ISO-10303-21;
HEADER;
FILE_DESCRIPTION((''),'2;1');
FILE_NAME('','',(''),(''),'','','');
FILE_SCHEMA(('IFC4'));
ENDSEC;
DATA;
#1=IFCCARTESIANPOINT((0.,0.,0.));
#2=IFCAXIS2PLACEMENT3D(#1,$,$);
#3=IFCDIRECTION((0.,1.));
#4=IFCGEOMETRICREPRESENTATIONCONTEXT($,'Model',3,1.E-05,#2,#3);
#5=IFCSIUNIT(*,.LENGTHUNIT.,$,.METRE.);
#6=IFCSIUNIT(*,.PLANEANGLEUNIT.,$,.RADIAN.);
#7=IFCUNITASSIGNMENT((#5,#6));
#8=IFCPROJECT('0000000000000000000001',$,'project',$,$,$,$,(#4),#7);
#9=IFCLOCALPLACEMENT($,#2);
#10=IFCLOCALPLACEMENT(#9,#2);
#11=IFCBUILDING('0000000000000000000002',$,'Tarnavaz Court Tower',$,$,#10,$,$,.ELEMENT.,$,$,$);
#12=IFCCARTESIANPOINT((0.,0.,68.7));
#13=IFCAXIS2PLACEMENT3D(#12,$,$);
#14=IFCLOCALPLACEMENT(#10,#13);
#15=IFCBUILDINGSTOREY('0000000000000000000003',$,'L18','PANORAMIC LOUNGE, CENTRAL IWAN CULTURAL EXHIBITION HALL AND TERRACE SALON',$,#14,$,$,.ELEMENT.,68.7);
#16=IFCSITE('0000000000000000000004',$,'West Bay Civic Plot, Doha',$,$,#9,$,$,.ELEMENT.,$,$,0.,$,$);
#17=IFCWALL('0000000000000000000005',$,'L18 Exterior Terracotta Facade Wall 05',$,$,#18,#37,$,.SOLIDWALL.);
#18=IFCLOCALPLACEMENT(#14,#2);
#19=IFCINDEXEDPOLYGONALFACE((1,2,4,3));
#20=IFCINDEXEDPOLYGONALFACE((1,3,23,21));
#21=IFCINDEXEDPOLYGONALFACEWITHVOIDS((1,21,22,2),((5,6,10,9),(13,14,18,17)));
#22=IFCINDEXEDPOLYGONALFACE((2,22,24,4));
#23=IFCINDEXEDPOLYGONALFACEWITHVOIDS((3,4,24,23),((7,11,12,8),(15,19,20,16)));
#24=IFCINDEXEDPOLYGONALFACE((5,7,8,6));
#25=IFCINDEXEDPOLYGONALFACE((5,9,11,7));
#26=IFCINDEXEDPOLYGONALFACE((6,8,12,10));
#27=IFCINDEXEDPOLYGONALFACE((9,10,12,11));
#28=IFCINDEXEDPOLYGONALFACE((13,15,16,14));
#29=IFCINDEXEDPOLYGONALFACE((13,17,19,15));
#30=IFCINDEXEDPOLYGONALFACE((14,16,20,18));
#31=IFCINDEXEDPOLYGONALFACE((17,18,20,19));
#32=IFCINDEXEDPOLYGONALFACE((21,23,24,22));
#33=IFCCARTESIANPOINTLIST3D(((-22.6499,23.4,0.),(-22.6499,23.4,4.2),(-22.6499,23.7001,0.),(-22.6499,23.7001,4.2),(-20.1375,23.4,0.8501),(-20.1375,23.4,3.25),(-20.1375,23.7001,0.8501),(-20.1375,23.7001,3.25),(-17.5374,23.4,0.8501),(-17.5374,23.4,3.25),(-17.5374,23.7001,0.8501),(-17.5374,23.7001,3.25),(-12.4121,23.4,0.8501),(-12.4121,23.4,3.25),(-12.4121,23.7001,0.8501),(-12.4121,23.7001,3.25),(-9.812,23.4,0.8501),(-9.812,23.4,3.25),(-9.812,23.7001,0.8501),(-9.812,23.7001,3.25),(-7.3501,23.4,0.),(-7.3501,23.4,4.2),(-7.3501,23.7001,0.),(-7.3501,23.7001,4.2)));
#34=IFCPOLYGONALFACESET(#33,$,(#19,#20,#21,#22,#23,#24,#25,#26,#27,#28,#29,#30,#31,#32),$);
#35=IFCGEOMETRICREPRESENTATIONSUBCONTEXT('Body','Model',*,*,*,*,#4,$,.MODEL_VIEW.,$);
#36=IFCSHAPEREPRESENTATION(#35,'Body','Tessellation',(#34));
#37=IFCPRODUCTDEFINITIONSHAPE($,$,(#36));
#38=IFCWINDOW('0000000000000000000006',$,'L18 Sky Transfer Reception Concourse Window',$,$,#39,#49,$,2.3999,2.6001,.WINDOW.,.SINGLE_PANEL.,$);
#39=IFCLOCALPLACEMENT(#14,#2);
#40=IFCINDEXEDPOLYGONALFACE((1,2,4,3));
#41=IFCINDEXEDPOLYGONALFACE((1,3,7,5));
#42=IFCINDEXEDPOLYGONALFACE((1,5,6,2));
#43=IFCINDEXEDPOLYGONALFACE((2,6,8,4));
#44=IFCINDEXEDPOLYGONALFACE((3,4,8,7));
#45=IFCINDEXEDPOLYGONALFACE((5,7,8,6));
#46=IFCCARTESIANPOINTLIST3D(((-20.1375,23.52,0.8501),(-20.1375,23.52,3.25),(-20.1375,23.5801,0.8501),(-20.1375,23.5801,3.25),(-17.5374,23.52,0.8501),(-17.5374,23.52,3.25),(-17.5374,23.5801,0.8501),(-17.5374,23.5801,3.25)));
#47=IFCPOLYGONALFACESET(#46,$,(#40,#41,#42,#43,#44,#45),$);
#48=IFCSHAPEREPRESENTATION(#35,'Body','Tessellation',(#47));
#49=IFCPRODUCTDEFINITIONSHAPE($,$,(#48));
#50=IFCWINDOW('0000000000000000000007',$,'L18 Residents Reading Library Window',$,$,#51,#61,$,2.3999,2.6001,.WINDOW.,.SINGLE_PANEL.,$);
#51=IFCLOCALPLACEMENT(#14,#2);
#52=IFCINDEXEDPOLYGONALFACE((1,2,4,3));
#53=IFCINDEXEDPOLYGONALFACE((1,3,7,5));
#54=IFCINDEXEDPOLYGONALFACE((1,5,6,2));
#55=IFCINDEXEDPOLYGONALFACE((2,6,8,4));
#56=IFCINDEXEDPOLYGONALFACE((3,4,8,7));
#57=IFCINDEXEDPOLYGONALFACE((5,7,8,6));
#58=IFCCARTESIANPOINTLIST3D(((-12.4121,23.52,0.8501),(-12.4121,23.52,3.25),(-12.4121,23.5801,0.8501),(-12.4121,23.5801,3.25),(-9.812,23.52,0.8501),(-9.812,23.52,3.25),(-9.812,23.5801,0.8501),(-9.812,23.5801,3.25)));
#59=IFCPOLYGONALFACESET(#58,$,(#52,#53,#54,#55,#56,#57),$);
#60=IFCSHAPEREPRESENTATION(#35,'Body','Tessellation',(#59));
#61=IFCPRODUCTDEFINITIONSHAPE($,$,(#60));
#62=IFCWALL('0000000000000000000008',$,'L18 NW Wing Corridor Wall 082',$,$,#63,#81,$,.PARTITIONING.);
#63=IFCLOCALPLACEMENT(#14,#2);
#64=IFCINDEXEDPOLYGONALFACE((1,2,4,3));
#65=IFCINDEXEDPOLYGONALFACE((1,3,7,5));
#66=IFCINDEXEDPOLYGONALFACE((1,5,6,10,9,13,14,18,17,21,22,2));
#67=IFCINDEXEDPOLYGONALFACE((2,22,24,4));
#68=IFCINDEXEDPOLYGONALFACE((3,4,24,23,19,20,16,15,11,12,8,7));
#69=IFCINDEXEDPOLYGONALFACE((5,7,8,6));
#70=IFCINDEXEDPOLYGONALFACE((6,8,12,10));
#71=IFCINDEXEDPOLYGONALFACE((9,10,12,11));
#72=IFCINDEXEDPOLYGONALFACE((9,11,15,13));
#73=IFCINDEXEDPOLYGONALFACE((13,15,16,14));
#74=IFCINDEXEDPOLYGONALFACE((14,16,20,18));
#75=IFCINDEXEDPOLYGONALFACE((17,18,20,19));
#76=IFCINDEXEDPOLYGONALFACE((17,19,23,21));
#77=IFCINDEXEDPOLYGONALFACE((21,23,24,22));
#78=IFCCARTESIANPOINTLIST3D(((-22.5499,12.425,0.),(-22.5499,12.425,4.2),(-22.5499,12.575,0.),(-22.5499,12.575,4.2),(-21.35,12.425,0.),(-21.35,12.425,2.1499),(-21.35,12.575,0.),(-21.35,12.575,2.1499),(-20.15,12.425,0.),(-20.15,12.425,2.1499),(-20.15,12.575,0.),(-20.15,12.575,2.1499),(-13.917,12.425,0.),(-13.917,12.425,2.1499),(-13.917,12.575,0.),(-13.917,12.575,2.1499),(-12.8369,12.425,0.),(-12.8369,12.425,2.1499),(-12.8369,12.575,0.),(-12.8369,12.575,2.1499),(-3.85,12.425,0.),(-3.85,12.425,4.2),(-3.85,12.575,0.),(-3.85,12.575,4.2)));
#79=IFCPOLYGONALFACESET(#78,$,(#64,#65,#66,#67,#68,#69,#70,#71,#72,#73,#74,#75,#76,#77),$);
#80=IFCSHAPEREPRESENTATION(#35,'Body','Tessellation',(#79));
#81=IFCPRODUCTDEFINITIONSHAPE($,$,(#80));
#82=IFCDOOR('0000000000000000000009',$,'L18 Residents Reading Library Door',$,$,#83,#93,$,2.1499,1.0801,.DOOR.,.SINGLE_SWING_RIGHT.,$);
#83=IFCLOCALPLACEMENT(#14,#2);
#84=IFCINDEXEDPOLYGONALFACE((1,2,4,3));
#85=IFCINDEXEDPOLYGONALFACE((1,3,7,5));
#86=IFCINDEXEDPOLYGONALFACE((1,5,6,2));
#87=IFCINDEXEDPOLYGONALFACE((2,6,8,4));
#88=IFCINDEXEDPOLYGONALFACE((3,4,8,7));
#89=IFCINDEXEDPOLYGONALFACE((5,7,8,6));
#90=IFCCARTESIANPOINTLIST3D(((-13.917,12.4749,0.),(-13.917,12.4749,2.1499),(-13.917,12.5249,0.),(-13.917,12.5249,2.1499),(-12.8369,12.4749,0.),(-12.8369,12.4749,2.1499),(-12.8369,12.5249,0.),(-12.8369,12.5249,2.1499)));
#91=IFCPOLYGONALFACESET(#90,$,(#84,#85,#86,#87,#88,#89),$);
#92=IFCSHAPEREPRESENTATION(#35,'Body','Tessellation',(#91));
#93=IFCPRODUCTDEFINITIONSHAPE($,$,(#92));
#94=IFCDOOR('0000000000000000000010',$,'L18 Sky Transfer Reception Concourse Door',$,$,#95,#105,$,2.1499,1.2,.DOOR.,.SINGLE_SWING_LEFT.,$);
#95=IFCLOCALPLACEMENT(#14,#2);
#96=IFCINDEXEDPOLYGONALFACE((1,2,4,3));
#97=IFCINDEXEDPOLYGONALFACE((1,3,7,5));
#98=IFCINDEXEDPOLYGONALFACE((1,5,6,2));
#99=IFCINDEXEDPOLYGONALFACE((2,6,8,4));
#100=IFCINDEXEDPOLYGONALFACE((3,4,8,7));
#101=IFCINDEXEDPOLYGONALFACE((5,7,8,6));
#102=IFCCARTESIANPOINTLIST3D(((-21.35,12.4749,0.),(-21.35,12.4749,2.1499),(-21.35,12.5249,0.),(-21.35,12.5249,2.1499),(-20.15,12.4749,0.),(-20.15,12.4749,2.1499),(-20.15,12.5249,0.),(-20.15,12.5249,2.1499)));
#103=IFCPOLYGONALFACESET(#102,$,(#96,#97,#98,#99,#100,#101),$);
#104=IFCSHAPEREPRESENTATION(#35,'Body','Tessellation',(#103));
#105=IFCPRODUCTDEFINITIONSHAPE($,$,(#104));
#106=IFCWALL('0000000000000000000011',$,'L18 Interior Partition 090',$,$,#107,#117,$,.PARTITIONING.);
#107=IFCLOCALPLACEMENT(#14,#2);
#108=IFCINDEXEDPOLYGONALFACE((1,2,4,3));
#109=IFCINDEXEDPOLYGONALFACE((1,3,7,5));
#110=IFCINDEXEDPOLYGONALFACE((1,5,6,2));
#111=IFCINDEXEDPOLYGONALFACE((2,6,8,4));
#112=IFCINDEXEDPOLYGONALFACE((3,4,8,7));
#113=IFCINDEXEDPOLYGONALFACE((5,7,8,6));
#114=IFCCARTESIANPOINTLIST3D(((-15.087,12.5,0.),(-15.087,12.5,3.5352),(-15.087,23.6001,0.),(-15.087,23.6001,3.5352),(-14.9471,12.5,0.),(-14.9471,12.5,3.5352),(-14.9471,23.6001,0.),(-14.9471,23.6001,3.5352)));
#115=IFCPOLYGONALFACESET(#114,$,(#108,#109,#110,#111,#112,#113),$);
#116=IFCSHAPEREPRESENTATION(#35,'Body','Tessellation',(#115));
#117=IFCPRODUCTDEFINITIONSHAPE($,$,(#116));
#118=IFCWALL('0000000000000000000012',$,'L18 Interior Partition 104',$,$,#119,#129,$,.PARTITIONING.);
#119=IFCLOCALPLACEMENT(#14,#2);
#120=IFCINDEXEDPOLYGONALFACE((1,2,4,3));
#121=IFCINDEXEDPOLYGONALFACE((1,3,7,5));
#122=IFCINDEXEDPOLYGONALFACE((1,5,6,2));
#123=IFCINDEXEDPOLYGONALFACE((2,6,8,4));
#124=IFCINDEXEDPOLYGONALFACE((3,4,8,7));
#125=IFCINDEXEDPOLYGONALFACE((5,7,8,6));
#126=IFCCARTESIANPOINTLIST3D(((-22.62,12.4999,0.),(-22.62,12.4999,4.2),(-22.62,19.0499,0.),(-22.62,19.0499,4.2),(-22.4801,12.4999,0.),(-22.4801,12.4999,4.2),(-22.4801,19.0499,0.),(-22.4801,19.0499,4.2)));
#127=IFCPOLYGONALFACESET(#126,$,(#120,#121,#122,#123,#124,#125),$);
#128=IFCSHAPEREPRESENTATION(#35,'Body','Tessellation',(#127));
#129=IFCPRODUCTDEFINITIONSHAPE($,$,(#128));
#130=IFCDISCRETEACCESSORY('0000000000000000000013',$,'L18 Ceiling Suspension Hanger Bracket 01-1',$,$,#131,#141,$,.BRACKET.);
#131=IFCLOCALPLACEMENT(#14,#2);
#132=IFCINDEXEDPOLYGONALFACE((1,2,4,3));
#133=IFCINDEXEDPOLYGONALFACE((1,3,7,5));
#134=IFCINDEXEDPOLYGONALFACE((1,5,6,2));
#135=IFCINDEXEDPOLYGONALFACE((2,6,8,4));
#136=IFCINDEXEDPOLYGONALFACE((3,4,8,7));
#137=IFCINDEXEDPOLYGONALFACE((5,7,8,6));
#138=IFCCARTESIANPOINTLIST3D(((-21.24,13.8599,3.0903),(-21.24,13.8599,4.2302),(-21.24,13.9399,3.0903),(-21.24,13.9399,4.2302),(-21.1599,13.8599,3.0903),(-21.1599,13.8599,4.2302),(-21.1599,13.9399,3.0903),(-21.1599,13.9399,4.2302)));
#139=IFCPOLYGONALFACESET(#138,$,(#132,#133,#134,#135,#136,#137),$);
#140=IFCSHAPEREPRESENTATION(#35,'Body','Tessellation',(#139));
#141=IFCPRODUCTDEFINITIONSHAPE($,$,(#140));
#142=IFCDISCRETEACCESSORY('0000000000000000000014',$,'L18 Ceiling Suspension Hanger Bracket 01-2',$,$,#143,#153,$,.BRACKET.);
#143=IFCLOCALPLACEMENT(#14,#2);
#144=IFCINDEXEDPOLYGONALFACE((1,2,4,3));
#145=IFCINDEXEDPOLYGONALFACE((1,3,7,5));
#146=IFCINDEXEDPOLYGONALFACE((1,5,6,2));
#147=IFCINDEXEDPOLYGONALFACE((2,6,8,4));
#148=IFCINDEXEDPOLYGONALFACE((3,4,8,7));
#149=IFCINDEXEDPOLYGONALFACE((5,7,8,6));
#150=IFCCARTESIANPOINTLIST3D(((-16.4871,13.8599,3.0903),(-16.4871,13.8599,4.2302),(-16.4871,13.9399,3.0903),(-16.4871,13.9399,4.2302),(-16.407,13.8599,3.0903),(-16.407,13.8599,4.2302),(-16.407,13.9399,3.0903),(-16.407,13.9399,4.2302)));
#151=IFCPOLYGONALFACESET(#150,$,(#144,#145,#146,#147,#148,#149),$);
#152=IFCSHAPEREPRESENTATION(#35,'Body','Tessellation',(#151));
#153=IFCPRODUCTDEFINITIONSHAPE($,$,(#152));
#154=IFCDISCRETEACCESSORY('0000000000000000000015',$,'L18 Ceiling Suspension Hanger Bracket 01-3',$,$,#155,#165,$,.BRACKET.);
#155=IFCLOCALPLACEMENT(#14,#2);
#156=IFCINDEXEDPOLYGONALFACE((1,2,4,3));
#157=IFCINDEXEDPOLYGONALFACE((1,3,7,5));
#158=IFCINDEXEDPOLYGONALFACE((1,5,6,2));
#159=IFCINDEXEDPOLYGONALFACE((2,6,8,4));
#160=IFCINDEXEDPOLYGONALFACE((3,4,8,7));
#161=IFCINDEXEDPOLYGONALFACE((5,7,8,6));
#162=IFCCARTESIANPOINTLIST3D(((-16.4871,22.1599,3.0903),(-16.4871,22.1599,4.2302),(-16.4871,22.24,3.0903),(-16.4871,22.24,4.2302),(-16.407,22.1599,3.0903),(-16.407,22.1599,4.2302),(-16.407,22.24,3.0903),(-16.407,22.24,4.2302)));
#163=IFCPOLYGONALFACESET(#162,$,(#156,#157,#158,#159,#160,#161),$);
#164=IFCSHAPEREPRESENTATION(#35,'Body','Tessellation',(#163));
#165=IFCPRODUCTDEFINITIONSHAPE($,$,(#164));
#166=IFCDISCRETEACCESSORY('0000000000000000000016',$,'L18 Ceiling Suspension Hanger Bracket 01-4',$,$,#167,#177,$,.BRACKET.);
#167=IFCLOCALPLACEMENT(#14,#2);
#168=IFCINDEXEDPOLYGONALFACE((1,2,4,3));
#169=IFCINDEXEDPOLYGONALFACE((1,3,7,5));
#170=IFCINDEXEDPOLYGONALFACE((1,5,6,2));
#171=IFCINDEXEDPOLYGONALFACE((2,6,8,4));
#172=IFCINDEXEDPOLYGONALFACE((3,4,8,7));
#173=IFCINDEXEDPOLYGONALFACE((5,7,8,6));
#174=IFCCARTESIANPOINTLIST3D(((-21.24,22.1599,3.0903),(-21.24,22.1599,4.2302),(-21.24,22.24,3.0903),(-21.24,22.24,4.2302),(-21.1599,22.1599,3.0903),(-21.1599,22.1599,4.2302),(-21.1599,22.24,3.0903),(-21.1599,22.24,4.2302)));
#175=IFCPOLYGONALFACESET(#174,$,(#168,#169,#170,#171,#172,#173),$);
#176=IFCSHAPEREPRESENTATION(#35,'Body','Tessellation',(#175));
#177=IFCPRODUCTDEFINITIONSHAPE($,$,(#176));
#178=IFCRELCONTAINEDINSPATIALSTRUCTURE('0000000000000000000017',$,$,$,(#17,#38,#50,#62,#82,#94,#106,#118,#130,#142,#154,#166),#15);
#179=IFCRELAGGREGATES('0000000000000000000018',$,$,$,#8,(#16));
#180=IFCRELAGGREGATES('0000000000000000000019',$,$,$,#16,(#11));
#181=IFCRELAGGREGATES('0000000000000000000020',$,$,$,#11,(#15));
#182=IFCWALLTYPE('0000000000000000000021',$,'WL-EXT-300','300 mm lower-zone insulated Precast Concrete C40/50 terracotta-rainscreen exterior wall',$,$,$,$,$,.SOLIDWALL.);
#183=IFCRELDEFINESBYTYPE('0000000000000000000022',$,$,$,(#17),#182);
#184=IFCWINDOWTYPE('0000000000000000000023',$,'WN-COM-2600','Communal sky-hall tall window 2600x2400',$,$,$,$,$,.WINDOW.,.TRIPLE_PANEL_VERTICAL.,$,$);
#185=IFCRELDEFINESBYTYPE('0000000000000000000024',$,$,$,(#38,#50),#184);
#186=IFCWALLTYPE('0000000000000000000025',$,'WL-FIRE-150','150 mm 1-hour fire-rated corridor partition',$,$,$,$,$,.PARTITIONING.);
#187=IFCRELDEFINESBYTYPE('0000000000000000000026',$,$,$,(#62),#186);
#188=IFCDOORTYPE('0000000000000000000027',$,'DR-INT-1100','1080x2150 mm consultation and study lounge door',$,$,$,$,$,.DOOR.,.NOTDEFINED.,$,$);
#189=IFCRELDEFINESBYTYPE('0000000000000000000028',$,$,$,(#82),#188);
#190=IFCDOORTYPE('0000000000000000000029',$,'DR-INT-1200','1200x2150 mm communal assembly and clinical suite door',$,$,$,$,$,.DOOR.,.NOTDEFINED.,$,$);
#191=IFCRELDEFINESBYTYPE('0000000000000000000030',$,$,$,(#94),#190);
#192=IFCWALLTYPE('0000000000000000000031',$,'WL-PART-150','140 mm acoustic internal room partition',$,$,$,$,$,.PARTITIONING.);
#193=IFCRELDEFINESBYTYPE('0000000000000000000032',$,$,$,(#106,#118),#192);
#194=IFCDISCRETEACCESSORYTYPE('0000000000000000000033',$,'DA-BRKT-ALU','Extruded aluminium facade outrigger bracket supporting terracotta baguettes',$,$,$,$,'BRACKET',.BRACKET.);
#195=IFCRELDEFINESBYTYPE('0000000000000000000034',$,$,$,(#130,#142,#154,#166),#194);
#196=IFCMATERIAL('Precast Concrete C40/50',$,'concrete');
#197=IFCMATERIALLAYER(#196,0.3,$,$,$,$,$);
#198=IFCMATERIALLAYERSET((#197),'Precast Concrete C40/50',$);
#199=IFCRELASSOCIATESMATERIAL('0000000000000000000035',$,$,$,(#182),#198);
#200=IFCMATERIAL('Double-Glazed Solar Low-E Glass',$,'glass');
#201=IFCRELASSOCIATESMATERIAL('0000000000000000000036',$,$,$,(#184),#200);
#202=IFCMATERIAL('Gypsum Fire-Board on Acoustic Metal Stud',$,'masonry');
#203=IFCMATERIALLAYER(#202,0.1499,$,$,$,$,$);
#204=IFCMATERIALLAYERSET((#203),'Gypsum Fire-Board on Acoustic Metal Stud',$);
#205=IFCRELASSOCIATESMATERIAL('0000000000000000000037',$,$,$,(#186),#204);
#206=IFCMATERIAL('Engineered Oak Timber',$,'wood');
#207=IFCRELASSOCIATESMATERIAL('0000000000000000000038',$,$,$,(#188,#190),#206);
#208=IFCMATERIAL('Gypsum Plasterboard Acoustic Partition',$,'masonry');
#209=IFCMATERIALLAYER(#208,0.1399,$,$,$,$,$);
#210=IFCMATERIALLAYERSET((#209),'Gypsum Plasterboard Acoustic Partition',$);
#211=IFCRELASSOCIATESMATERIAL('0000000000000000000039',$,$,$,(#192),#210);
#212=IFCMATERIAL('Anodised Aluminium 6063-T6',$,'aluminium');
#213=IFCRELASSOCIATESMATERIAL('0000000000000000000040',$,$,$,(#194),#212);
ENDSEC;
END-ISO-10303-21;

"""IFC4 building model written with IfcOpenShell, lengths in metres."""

from ifc_helpers import new_model, si_unit, direction, frame, frame_2d, origin, origin_2d, place, context, subcontext, project, spatial, rectangle, extrude, material, layer, layer_set, type_object, element, fill, save


model = new_model("IFC4")

# Units and contexts
model_context = context("Model", 3, precision=1e-05, world=origin(), true_north=direction((0.0, 1.0)))
body_context = subcontext(model_context, "Body", "Model", "MODEL_VIEW")
ifc_project = project(units=[si_unit("LENGTHUNIT", "METRE"), si_unit("PLANEANGLEUNIT", "RADIAN")], contexts=[model_context])

# Site, building, storey
site_placement = place(None, origin())
site = spatial("IfcSite", under=ifc_project, at=site_placement, Name="West Bay Civic Plot, Doha", CompositionType="ELEMENT", RefElevation=0.0)
building_placement = place(site_placement, origin())
building = spatial("IfcBuilding", under=site, at=building_placement, Name="Tarnavaz Court Tower", CompositionType="ELEMENT")
storey_placement = place(building_placement, frame((0.0, 0.0, 68.7)))
storey = spatial("IfcBuildingStorey", under=building, at=storey_placement, Name="L18", Description="PANORAMIC LOUNGE, CENTRAL IWAN CULTURAL EXHIBITION HALL AND TERRACE SALON", CompositionType="ELEMENT", Elevation=68.7)

# Shared definitions
ifc_material_1 = material(Name="Precast Concrete C40/50", Category="concrete")
ifc_layer_1 = layer(ifc_material_1, 0.3)
ifc_layer_set_1 = layer_set([ifc_layer_1], Name="Precast Concrete C40/50")
wall_type_1 = type_object("IfcWallType", Name="WL-EXT-300", Description="300 mm lower-zone insulated Precast Concrete C40/50 terracotta-rainscreen exterior wall", PredefinedType="SOLIDWALL", material=ifc_layer_set_1)
ifc_material_2 = material(Name="Double-Glazed Solar Low-E Glass", Category="glass")
window_type = type_object("IfcWindowType", Name="WN-COM-2600", Description="Communal sky-hall tall window 2600x2400", PartitioningType="TRIPLE_PANEL_VERTICAL", PredefinedType="WINDOW", material=ifc_material_2)

# Wall, openings, windows
wall_1_placement = place(storey_placement, frame((-22.6499, 23.55, 0.0), z_axis=(0.0, 0.0, 1.0), x_axis=(1.0, 0.0, 0.0)))
wall_1 = element("IfcWall", 1, at=wall_1_placement, inside=storey, type_object=wall_type_1, Name="L18 Exterior Terracotta Facade Wall 05", PredefinedType="SOLIDWALL", context=body_context, shape_type="SweptSolid", body=[
    extrude(rectangle(XDim=15.2998, YDim=0.3, at=frame_2d((7.6499, 0.0))), origin(), (0.0, 0.0, 1.0), 4.2),
])
opening_1_placement = place(wall_1_placement, frame((2.5125, 0.0, 0.8501)))
opening_1 = element("IfcOpeningElement", 2, at=opening_1_placement, cuts=wall_1, PredefinedType="OPENING", context=body_context, shape_type="SweptSolid", body=[
    extrude(rectangle(XDim=2.6001, YDim=2.3999, at=frame_2d((1.3, 1.2))), frame((0.0, 0.1599, 0.0), z_axis=(0.0, -1.0, 0.0), x_axis=(1.0, 0.0, 0.0)), (0.0, 0.0, 1.0), 0.3201),
])
opening_2_placement = place(wall_1_placement, frame((10.2378, 0.0, 0.8501)))
opening_2 = element("IfcOpeningElement", 3, at=opening_2_placement, cuts=wall_1, PredefinedType="OPENING", context=body_context, shape_type="SweptSolid", body=[
    extrude(rectangle(XDim=2.6001, YDim=2.3999, at=frame_2d((1.3, 1.2))), frame((0.0, 0.1599, 0.0), z_axis=(0.0, -1.0, 0.0), x_axis=(1.0, 0.0, 0.0)), (0.0, 0.0, 1.0), 0.3201),
])
window_1_placement = place(opening_1_placement, origin())
window_1 = element("IfcWindow", 4, at=window_1_placement, inside=storey, type_object=window_type, Name="L18 Sky Transfer Reception Concourse Window", OverallHeight=2.3999, OverallWidth=2.6001, PartitioningType="SINGLE_PANEL", PredefinedType="WINDOW", context=body_context, shape_type="SweptSolid", body=[
    extrude(rectangle(XDim=2.6001, YDim=2.3999, at=frame_2d((1.3, 1.2))), frame((0.0, 0.03, 0.0), z_axis=(0.0, -1.0, 0.0), x_axis=(1.0, 0.0, 0.0)), (0.0, 0.0, 1.0), 0.0601),
])
fill(opening_1, window_1)
window_2_placement = place(opening_2_placement, origin())
window_2 = element("IfcWindow", 5, at=window_2_placement, inside=storey, type_object=window_type, Name="L18 Residents Reading Library Window", OverallHeight=2.3999, OverallWidth=2.6001, PartitioningType="SINGLE_PANEL", PredefinedType="WINDOW", context=body_context, shape_type="SweptSolid", body=[
    extrude(rectangle(XDim=2.6001, YDim=2.3999, at=frame_2d((1.3, 1.2))), frame((0.0, 0.03, 0.0), z_axis=(0.0, -1.0, 0.0), x_axis=(1.0, 0.0, 0.0)), (0.0, 0.0, 1.0), 0.0601),
])
fill(opening_2, window_2)

# Wall, openings, doors
ifc_material_3 = material(Name="Gypsum Fire-Board on Acoustic Metal Stud", Category="masonry")
ifc_layer_2 = layer(ifc_material_3, 0.1499)
ifc_layer_set_2 = layer_set([ifc_layer_2], Name="Gypsum Fire-Board on Acoustic Metal Stud")
wall_type_2 = type_object("IfcWallType", Name="WL-FIRE-150", Description="150 mm 1-hour fire-rated corridor partition", PredefinedType="PARTITIONING", material=ifc_layer_set_2)
wall_2_placement = place(storey_placement, frame((-22.55, 12.5, 0.0), z_axis=(0.0, 0.0, 1.0), x_axis=(1.0, 0.0, 0.0)))
wall_2 = element("IfcWall", 6, at=wall_2_placement, inside=storey, type_object=wall_type_2, Name="L18 NW Wing Corridor Wall 082", PredefinedType="PARTITIONING", context=body_context, shape_type="SweptSolid", body=[
    extrude(rectangle(XDim=18.7, YDim=0.1499, at=frame_2d((9.3501, 0.0))), origin(), (0.0, 0.0, 1.0), 4.2),
])
opening_3_placement = place(wall_2_placement, frame((1.2, 0.0, 0.0)))
opening_3 = element("IfcOpeningElement", 7, at=opening_3_placement, cuts=wall_2, PredefinedType="OPENING", context=body_context, shape_type="SweptSolid", body=[
    extrude(rectangle(XDim=1.2, YDim=2.1499, at=frame_2d((0.6001, 1.075))), frame((0.0, 0.085, 0.0), z_axis=(0.0, -1.0, 0.0), x_axis=(1.0, 0.0, 0.0)), (0.0, 0.0, 1.0), 0.1699),
])
opening_4_placement = place(wall_2_placement, frame((8.6331, 0.0, 0.0)))
opening_4 = element("IfcOpeningElement", 8, at=opening_4_placement, cuts=wall_2, PredefinedType="OPENING", context=body_context, shape_type="SweptSolid", body=[
    extrude(rectangle(XDim=1.0801, YDim=2.1499, at=frame_2d((0.54, 1.075))), frame((0.0, 0.085, 0.0), z_axis=(0.0, -1.0, 0.0), x_axis=(1.0, 0.0, 0.0)), (0.0, 0.0, 1.0), 0.1699),
])
ifc_material_4 = material(Name="Engineered Oak Timber", Category="wood")
door_type_1 = type_object("IfcDoorType", Name="DR-INT-1100", Description="1080x2150 mm consultation and study lounge door", OperationType="NOTDEFINED", PredefinedType="DOOR", material=ifc_material_4)
door_1_placement = place(opening_4_placement, origin())
door_1 = element("IfcDoor", 9, at=door_1_placement, inside=storey, type_object=door_type_1, Name="L18 Residents Reading Library Door", OperationType="SINGLE_SWING_RIGHT", OverallHeight=2.1499, OverallWidth=1.0801, PredefinedType="DOOR", context=body_context, shape_type="SweptSolid", body=[
    extrude(rectangle(XDim=1.0801, YDim=2.1499, at=frame_2d((0.54, 1.075))), frame((0.0, 0.0249, 0.0), z_axis=(0.0, -1.0, 0.0), x_axis=(1.0, 0.0, 0.0)), (0.0, 0.0, 1.0), 0.05),
])
fill(opening_4, door_1)
door_type_2 = type_object("IfcDoorType", Name="DR-INT-1200", Description="1200x2150 mm communal assembly and clinical suite door", OperationType="NOTDEFINED", PredefinedType="DOOR", material=ifc_material_4)
door_2_placement = place(opening_3_placement, origin())
door_2 = element("IfcDoor", 10, at=door_2_placement, inside=storey, type_object=door_type_2, Name="L18 Sky Transfer Reception Concourse Door", OperationType="SINGLE_SWING_LEFT", OverallHeight=2.1499, OverallWidth=1.2, PredefinedType="DOOR", context=body_context, shape_type="SweptSolid", body=[
    extrude(rectangle(XDim=1.2, YDim=2.1499, at=frame_2d((0.6001, 1.075))), frame((0.0, 0.0249, 0.0), z_axis=(0.0, -1.0, 0.0), x_axis=(1.0, 0.0, 0.0)), (0.0, 0.0, 1.0), 0.05),
])
fill(opening_3, door_2)

# Walls
ifc_material_5 = material(Name="Gypsum Plasterboard Acoustic Partition", Category="masonry")
ifc_layer_3 = layer(ifc_material_5, 0.1399)
ifc_layer_set_3 = layer_set([ifc_layer_3], Name="Gypsum Plasterboard Acoustic Partition")
wall_type_3 = type_object("IfcWallType", Name="WL-PART-150", Description="140 mm acoustic internal room partition", PredefinedType="PARTITIONING", material=ifc_layer_set_3)
wall_3_placement = place(storey_placement, frame((-15.0171, 12.5, 0.0), z_axis=(0.0, 0.0, 1.0), x_axis=(0.0, 1.0, 0.0)))
element("IfcWall", 11, at=wall_3_placement, inside=storey, type_object=wall_type_3, Name="L18 Interior Partition 090", PredefinedType="PARTITIONING", context=body_context, shape_type="SweptSolid", body=[
    extrude(rectangle(XDim=11.1001, YDim=0.1399, at=frame_2d((5.55, 0.0))), origin(), (0.0, 0.0, 1.0), 3.5352),
])
wall_4_placement = place(storey_placement, frame((-22.55, 12.5, 0.0), z_axis=(0.0, 0.0, 1.0), x_axis=(0.0, 1.0, 0.0)))
element("IfcWall", 12, at=wall_4_placement, inside=storey, type_object=wall_type_3, Name="L18 Interior Partition 104", PredefinedType="PARTITIONING", context=body_context, shape_type="SweptSolid", body=[
    extrude(rectangle(XDim=6.55, YDim=0.1399, at=frame_2d((3.2749, 0.0))), origin(), (0.0, 0.0, 1.0), 4.2),
])

# Discrete accessories
ifc_material_6 = material(Name="Anodised Aluminium 6063-T6", Category="aluminium")
discrete_accessory_type = type_object("IfcDiscreteAccessoryType", Name="DA-BRKT-ALU", Description="Extruded aluminium facade outrigger bracket supporting terracotta baguettes", ElementType="BRACKET", PredefinedType="BRACKET", material=ifc_material_6)
for number, where, z_axis, x_axis, name in (
    (13, (-21.2, 13.8999, 3.0903), (0.0, 0.0, 1.0), (1.0, 0.0, 0.0), "L18 Ceiling Suspension Hanger Bracket 01-1"),
    (14, (-16.447, 13.8999, 3.0903), (0.0, 0.0, 1.0), (1.0, 0.0, 0.0), "L18 Ceiling Suspension Hanger Bracket 01-2"),
    (15, (-16.447, 22.2, 3.0903), (0.0, 0.0, 1.0), (1.0, 0.0, 0.0), "L18 Ceiling Suspension Hanger Bracket 01-3"),
    (16, (-21.2, 22.2, 3.0903), (0.0, 0.0, 1.0), (1.0, 0.0, 0.0), "L18 Ceiling Suspension Hanger Bracket 01-4"),
):
    element("IfcDiscreteAccessory", number, at=place(storey_placement, frame(where, z_axis=z_axis, x_axis=x_axis)), inside=storey, type_object=discrete_accessory_type, Name=name, PredefinedType="BRACKET", context=body_context, shape_type="SweptSolid", body=[
        extrude(rectangle(XDim=0.0801, YDim=0.0801, at=origin_2d()), origin(), (0.0, 0.0, 1.0), 1.1399),
    ])

save(model, "model.ifc")
